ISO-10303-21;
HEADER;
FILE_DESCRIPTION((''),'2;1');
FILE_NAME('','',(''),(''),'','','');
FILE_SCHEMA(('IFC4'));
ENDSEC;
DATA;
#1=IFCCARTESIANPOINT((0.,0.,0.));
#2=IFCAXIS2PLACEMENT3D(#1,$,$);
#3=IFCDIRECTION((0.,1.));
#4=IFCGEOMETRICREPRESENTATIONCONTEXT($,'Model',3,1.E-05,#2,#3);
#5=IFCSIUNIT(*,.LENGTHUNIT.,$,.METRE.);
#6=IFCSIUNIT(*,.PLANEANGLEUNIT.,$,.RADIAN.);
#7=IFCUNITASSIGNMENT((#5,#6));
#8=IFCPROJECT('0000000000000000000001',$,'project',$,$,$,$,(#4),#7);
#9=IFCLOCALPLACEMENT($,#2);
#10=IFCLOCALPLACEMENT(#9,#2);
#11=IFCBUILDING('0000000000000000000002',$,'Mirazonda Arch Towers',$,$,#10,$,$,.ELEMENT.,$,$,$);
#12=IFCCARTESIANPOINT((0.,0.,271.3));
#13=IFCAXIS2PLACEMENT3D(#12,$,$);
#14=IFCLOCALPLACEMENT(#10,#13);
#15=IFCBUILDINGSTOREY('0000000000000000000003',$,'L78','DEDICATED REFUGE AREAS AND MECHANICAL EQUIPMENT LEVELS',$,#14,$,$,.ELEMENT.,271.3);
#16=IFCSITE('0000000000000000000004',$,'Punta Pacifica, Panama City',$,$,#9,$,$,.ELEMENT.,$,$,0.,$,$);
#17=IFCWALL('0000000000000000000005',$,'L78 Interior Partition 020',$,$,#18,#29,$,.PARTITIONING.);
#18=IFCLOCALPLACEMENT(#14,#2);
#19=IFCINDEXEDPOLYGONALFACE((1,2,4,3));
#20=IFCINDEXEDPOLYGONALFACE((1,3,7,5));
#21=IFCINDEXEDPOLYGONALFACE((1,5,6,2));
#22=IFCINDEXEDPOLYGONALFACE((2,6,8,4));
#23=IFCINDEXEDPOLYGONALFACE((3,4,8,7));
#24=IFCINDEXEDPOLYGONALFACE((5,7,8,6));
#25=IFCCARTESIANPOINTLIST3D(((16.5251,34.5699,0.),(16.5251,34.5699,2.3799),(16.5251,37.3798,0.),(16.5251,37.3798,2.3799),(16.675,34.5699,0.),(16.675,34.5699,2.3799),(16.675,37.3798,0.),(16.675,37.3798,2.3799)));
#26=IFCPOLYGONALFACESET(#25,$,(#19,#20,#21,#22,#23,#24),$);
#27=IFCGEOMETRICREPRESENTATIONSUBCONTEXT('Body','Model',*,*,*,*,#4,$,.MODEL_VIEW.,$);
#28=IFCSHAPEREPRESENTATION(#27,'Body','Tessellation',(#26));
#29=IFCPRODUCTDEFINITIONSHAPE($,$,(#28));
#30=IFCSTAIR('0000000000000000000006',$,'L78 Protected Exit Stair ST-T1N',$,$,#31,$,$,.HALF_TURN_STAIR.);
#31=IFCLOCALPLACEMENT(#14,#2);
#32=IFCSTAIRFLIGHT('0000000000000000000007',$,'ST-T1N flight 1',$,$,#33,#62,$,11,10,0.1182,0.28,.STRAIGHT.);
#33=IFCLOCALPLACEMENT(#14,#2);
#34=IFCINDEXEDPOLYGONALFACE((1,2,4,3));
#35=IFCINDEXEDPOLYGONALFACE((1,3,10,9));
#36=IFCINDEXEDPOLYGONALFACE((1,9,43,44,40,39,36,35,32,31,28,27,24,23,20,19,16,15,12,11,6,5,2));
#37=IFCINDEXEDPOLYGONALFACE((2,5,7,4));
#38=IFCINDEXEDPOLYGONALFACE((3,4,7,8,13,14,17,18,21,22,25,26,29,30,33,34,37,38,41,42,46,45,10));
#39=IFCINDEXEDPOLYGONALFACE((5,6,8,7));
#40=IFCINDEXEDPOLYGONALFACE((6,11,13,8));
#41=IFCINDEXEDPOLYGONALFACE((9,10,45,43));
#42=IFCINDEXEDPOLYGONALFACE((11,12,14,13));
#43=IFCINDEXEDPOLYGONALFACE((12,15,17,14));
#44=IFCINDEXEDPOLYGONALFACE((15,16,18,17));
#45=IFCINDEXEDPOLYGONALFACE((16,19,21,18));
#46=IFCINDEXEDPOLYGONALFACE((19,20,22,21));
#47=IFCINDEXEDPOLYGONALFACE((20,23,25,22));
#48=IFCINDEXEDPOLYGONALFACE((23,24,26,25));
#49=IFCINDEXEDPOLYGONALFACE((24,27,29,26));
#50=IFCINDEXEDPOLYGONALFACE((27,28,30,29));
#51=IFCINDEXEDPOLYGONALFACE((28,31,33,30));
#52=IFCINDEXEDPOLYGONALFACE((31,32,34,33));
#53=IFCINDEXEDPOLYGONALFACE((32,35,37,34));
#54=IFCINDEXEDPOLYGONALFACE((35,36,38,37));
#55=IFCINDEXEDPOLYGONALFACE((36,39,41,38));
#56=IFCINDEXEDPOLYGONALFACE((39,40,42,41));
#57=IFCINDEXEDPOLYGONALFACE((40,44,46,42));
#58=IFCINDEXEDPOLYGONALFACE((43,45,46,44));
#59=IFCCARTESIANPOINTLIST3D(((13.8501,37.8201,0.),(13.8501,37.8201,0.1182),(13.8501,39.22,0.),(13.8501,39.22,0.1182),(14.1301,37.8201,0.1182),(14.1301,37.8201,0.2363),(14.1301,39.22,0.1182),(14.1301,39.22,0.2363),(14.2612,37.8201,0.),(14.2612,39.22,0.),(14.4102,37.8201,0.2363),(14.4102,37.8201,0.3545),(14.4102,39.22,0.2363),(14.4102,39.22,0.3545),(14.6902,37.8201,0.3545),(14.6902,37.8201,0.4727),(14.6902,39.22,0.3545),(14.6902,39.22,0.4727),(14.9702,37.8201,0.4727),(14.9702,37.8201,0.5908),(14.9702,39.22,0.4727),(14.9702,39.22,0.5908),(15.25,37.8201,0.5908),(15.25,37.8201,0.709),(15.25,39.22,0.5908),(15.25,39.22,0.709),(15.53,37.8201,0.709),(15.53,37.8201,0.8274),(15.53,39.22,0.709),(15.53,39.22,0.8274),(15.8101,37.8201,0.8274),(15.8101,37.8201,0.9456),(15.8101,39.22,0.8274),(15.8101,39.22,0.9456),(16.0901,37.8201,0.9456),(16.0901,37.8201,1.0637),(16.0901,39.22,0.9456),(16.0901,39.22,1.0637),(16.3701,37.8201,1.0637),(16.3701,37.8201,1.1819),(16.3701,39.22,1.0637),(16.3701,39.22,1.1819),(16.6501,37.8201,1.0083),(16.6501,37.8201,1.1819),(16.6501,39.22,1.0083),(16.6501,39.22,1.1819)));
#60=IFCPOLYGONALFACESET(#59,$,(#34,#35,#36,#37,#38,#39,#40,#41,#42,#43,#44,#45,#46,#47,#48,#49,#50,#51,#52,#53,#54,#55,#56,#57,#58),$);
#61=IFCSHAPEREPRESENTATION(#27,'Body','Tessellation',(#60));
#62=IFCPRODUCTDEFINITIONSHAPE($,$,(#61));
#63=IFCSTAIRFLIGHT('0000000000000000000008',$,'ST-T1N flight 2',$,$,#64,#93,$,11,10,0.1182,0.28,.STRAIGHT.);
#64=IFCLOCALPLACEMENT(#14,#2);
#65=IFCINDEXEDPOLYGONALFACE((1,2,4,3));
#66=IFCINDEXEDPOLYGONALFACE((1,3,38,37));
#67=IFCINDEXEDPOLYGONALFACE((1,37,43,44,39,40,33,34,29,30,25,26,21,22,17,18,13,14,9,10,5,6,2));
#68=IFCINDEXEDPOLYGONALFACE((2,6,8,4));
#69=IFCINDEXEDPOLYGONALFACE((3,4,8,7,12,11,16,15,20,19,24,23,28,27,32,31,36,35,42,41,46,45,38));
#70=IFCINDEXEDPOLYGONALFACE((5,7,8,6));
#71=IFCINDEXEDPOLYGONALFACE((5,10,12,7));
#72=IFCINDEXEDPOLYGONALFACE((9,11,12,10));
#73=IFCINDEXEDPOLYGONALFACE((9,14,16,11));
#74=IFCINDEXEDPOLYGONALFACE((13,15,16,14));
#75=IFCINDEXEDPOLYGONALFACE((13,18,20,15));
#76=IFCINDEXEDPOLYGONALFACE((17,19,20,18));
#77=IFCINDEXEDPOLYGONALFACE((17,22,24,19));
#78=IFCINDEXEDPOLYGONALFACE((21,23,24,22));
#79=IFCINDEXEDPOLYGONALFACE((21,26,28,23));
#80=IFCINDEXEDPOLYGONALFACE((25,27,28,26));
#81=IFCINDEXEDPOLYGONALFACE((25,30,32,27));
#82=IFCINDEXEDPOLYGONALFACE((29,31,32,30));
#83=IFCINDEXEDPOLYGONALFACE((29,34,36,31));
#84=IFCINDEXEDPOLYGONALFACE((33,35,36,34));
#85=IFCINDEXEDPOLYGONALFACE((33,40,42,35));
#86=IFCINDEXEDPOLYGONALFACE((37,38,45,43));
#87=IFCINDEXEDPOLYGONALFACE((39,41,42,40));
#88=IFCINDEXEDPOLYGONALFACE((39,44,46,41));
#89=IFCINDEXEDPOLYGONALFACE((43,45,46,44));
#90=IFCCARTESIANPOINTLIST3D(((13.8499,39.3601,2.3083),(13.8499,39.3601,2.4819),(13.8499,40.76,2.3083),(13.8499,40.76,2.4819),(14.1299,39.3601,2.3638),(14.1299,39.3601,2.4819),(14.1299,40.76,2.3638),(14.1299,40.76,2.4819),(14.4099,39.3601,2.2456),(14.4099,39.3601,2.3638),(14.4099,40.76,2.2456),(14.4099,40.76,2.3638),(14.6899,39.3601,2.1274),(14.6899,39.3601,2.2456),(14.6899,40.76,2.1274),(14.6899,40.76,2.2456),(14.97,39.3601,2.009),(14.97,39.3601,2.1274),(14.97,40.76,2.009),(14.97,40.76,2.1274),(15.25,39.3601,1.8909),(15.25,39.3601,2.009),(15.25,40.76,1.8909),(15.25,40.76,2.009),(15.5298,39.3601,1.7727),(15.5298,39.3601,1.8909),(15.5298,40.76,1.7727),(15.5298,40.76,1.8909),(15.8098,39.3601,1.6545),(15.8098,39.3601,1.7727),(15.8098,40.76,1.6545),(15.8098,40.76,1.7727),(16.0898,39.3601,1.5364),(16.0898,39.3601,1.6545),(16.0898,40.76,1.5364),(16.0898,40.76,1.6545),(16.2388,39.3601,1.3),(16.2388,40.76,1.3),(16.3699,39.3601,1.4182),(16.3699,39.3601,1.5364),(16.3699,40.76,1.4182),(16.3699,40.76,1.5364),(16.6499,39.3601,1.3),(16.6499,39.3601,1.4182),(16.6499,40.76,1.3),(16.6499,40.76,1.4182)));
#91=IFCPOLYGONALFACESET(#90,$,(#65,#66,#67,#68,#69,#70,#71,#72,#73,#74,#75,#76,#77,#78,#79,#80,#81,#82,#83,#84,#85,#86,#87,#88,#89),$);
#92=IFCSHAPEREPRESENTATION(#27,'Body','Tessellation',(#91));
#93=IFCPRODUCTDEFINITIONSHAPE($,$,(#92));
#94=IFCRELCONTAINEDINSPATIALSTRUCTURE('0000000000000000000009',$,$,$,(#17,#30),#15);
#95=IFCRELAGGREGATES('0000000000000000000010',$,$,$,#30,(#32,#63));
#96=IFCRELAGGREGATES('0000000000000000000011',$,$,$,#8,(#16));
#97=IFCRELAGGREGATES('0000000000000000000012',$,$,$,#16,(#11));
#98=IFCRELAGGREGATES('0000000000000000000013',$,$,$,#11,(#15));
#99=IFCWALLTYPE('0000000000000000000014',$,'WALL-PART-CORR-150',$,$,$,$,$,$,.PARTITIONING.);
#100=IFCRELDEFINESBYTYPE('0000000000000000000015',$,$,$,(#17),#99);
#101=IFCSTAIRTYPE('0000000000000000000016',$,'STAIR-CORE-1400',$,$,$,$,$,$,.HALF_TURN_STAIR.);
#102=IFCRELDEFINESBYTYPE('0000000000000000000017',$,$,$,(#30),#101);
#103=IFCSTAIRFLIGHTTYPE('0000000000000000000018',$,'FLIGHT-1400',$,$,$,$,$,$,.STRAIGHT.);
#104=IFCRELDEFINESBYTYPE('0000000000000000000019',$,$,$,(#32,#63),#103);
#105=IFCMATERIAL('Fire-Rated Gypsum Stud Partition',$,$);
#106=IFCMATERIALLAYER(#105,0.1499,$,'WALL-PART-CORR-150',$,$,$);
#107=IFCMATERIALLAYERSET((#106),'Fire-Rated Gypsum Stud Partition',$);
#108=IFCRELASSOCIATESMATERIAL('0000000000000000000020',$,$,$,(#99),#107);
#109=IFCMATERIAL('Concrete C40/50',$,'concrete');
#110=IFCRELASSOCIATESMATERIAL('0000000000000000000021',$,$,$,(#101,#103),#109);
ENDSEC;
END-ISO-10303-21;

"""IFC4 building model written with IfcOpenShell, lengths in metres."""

from ifc_helpers import new_model, si_unit, direction, frame, frame_2d, origin, place, context, subcontext, project, spatial, polyline, rectangle, outline, extrude, material, layer, layer_set, type_object, element, aggregate, save


model = new_model("IFC4")

# Units and contexts
model_context = context("Model", 3, precision=1e-05, world=origin(), true_north=direction((0.0, 1.0)))
body_context = subcontext(model_context, "Body", "Model", "MODEL_VIEW")
ifc_project = project(units=[si_unit("LENGTHUNIT", "METRE"), si_unit("PLANEANGLEUNIT", "RADIAN")], contexts=[model_context])

# Site, building, storey
site_placement = place(None, origin())
site = spatial("IfcSite", under=ifc_project, at=site_placement, Name="Punta Pacifica, Panama City", CompositionType="ELEMENT", RefElevation=0.0)
building_placement = place(site_placement, origin())
building = spatial("IfcBuilding", under=site, at=building_placement, Name="Mirazonda Arch Towers", CompositionType="ELEMENT")
storey_placement = place(building_placement, frame((0.0, 0.0, 271.3)))
storey = spatial("IfcBuildingStorey", under=building, at=storey_placement, Name="L78", Description="DEDICATED REFUGE AREAS AND MECHANICAL EQUIPMENT LEVELS", CompositionType="ELEMENT", Elevation=271.3)

# Shared definitions
ifc_material_1 = material(Name="Concrete C40/50", Category="concrete")

# Wall
ifc_material_2 = material(Name="Fire-Rated Gypsum Stud Partition")
ifc_layer_1 = layer(ifc_material_2, 0.1499, Name="WALL-PART-CORR-150")
ifc_layer_set_1 = layer_set([ifc_layer_1], Name="Fire-Rated Gypsum Stud Partition")
wall_type_1 = type_object("IfcWallType", Name="WALL-PART-CORR-150", PredefinedType="PARTITIONING", material=ifc_layer_set_1)
wall_1_placement = place(storey_placement, frame((16.6001, 34.5701, 0.0), z_axis=(0.0, 0.0, 1.0), x_axis=(0.0, 1.0, 0.0)))
element("IfcWall", 1, at=wall_1_placement, inside=storey, type_object=wall_type_1, Name="L78 Interior Partition 020", PredefinedType="PARTITIONING", context=body_context, shape_type="SweptSolid", body=[
    extrude(rectangle(XDim=2.8098, YDim=0.1499, at=frame_2d((1.4048, 0.0))), origin(), (0.0, 0.0, 1.0), 2.3799),
])

# Stair, stair flights
stair_type = type_object("IfcStairType", Name="STAIR-CORE-1400", PredefinedType="HALF_TURN_STAIR", material=ifc_material_1)
stair_placement = place(storey_placement, origin())
stair = element("IfcStair", 2, at=stair_placement, inside=storey, type_object=stair_type, Name="L78 Protected Exit Stair ST-T1N", PredefinedType="HALF_TURN_STAIR")
stair_flight_type = type_object("IfcStairFlightType", Name="FLIGHT-1400", PredefinedType="STRAIGHT", material=ifc_material_1)
stair_flight_1_placement = place(storey_placement, frame((13.8501, 38.52, 0.0), z_axis=(0.0, 0.0, 1.0), x_axis=(1.0, 0.0, 0.0)))
stair_flight_1 = element("IfcStairFlight", 3, at=stair_flight_1_placement, type_object=stair_flight_type, Name="ST-T1N flight 1", NumberOfRisers=11, NumberOfTreads=10, PredefinedType="STRAIGHT", RiserHeight=0.1182, TreadLength=0.28, context=body_context, shape_type="SweptSolid", body=[
    extrude(outline(polyline([(0.0, 0.0), (0.0, 0.1182), (0.28, 0.1182), (0.28, 0.2363), (0.5601, 0.2363), (0.5601, 0.3545), (0.8401, 0.3545), (0.8401, 0.4727), (1.1201, 0.4727), (1.1201, 0.5908), (1.3999, 0.5908), (1.3999, 0.709), (1.6799, 0.709), (1.6799, 0.8274), (1.96, 0.8274), (1.96, 0.9456), (2.24, 0.9456), (2.24, 1.0637), (2.52, 1.0637), (2.52, 1.1819), (2.8, 1.1819), (2.8, 1.3), (2.8, 1.0083), (0.4111, 0.0), (0.0, 0.0)])), frame((0.0, 0.7, 0.0), z_axis=(0.0, -1.0, 0.0), x_axis=(1.0, 0.0, 0.0)), (0.0, 0.0, 1.0), 1.3999),
])
stair_flight_2_placement = place(storey_placement, frame((16.6499, 40.0601, 1.3), z_axis=(0.0, 0.0, 1.0), x_axis=(-1.0, 0.0, 0.0)))
stair_flight_2 = element("IfcStairFlight", 4, at=stair_flight_2_placement, type_object=stair_flight_type, Name="ST-T1N flight 2", NumberOfRisers=11, NumberOfTreads=10, PredefinedType="STRAIGHT", RiserHeight=0.1182, TreadLength=0.28, context=body_context, shape_type="SweptSolid", body=[
    extrude(outline(polyline([(0.0, 0.0), (0.0, 0.1182), (0.28, 0.1182), (0.28, 0.2363), (0.5601, 0.2363), (0.5601, 0.3545), (0.8401, 0.3545), (0.8401, 0.4727), (1.1201, 0.4727), (1.1201, 0.5908), (1.3999, 0.5908), (1.3999, 0.709), (1.6799, 0.709), (1.6799, 0.8274), (1.96, 0.8274), (1.96, 0.9456), (2.24, 0.9456), (2.24, 1.0637), (2.52, 1.0637), (2.52, 1.1819), (2.8, 1.1819), (2.8, 1.3), (2.8, 1.0083), (0.4111, 0.0), (0.0, 0.0)])), frame((0.0, 0.7, 0.0), z_axis=(0.0, -1.0, 0.0), x_axis=(1.0, 0.0, 0.0)), (0.0, 0.0, 1.0), 1.3999),
])
aggregate(stair, [stair_flight_1, stair_flight_2])

save(model, "model.ifc")
